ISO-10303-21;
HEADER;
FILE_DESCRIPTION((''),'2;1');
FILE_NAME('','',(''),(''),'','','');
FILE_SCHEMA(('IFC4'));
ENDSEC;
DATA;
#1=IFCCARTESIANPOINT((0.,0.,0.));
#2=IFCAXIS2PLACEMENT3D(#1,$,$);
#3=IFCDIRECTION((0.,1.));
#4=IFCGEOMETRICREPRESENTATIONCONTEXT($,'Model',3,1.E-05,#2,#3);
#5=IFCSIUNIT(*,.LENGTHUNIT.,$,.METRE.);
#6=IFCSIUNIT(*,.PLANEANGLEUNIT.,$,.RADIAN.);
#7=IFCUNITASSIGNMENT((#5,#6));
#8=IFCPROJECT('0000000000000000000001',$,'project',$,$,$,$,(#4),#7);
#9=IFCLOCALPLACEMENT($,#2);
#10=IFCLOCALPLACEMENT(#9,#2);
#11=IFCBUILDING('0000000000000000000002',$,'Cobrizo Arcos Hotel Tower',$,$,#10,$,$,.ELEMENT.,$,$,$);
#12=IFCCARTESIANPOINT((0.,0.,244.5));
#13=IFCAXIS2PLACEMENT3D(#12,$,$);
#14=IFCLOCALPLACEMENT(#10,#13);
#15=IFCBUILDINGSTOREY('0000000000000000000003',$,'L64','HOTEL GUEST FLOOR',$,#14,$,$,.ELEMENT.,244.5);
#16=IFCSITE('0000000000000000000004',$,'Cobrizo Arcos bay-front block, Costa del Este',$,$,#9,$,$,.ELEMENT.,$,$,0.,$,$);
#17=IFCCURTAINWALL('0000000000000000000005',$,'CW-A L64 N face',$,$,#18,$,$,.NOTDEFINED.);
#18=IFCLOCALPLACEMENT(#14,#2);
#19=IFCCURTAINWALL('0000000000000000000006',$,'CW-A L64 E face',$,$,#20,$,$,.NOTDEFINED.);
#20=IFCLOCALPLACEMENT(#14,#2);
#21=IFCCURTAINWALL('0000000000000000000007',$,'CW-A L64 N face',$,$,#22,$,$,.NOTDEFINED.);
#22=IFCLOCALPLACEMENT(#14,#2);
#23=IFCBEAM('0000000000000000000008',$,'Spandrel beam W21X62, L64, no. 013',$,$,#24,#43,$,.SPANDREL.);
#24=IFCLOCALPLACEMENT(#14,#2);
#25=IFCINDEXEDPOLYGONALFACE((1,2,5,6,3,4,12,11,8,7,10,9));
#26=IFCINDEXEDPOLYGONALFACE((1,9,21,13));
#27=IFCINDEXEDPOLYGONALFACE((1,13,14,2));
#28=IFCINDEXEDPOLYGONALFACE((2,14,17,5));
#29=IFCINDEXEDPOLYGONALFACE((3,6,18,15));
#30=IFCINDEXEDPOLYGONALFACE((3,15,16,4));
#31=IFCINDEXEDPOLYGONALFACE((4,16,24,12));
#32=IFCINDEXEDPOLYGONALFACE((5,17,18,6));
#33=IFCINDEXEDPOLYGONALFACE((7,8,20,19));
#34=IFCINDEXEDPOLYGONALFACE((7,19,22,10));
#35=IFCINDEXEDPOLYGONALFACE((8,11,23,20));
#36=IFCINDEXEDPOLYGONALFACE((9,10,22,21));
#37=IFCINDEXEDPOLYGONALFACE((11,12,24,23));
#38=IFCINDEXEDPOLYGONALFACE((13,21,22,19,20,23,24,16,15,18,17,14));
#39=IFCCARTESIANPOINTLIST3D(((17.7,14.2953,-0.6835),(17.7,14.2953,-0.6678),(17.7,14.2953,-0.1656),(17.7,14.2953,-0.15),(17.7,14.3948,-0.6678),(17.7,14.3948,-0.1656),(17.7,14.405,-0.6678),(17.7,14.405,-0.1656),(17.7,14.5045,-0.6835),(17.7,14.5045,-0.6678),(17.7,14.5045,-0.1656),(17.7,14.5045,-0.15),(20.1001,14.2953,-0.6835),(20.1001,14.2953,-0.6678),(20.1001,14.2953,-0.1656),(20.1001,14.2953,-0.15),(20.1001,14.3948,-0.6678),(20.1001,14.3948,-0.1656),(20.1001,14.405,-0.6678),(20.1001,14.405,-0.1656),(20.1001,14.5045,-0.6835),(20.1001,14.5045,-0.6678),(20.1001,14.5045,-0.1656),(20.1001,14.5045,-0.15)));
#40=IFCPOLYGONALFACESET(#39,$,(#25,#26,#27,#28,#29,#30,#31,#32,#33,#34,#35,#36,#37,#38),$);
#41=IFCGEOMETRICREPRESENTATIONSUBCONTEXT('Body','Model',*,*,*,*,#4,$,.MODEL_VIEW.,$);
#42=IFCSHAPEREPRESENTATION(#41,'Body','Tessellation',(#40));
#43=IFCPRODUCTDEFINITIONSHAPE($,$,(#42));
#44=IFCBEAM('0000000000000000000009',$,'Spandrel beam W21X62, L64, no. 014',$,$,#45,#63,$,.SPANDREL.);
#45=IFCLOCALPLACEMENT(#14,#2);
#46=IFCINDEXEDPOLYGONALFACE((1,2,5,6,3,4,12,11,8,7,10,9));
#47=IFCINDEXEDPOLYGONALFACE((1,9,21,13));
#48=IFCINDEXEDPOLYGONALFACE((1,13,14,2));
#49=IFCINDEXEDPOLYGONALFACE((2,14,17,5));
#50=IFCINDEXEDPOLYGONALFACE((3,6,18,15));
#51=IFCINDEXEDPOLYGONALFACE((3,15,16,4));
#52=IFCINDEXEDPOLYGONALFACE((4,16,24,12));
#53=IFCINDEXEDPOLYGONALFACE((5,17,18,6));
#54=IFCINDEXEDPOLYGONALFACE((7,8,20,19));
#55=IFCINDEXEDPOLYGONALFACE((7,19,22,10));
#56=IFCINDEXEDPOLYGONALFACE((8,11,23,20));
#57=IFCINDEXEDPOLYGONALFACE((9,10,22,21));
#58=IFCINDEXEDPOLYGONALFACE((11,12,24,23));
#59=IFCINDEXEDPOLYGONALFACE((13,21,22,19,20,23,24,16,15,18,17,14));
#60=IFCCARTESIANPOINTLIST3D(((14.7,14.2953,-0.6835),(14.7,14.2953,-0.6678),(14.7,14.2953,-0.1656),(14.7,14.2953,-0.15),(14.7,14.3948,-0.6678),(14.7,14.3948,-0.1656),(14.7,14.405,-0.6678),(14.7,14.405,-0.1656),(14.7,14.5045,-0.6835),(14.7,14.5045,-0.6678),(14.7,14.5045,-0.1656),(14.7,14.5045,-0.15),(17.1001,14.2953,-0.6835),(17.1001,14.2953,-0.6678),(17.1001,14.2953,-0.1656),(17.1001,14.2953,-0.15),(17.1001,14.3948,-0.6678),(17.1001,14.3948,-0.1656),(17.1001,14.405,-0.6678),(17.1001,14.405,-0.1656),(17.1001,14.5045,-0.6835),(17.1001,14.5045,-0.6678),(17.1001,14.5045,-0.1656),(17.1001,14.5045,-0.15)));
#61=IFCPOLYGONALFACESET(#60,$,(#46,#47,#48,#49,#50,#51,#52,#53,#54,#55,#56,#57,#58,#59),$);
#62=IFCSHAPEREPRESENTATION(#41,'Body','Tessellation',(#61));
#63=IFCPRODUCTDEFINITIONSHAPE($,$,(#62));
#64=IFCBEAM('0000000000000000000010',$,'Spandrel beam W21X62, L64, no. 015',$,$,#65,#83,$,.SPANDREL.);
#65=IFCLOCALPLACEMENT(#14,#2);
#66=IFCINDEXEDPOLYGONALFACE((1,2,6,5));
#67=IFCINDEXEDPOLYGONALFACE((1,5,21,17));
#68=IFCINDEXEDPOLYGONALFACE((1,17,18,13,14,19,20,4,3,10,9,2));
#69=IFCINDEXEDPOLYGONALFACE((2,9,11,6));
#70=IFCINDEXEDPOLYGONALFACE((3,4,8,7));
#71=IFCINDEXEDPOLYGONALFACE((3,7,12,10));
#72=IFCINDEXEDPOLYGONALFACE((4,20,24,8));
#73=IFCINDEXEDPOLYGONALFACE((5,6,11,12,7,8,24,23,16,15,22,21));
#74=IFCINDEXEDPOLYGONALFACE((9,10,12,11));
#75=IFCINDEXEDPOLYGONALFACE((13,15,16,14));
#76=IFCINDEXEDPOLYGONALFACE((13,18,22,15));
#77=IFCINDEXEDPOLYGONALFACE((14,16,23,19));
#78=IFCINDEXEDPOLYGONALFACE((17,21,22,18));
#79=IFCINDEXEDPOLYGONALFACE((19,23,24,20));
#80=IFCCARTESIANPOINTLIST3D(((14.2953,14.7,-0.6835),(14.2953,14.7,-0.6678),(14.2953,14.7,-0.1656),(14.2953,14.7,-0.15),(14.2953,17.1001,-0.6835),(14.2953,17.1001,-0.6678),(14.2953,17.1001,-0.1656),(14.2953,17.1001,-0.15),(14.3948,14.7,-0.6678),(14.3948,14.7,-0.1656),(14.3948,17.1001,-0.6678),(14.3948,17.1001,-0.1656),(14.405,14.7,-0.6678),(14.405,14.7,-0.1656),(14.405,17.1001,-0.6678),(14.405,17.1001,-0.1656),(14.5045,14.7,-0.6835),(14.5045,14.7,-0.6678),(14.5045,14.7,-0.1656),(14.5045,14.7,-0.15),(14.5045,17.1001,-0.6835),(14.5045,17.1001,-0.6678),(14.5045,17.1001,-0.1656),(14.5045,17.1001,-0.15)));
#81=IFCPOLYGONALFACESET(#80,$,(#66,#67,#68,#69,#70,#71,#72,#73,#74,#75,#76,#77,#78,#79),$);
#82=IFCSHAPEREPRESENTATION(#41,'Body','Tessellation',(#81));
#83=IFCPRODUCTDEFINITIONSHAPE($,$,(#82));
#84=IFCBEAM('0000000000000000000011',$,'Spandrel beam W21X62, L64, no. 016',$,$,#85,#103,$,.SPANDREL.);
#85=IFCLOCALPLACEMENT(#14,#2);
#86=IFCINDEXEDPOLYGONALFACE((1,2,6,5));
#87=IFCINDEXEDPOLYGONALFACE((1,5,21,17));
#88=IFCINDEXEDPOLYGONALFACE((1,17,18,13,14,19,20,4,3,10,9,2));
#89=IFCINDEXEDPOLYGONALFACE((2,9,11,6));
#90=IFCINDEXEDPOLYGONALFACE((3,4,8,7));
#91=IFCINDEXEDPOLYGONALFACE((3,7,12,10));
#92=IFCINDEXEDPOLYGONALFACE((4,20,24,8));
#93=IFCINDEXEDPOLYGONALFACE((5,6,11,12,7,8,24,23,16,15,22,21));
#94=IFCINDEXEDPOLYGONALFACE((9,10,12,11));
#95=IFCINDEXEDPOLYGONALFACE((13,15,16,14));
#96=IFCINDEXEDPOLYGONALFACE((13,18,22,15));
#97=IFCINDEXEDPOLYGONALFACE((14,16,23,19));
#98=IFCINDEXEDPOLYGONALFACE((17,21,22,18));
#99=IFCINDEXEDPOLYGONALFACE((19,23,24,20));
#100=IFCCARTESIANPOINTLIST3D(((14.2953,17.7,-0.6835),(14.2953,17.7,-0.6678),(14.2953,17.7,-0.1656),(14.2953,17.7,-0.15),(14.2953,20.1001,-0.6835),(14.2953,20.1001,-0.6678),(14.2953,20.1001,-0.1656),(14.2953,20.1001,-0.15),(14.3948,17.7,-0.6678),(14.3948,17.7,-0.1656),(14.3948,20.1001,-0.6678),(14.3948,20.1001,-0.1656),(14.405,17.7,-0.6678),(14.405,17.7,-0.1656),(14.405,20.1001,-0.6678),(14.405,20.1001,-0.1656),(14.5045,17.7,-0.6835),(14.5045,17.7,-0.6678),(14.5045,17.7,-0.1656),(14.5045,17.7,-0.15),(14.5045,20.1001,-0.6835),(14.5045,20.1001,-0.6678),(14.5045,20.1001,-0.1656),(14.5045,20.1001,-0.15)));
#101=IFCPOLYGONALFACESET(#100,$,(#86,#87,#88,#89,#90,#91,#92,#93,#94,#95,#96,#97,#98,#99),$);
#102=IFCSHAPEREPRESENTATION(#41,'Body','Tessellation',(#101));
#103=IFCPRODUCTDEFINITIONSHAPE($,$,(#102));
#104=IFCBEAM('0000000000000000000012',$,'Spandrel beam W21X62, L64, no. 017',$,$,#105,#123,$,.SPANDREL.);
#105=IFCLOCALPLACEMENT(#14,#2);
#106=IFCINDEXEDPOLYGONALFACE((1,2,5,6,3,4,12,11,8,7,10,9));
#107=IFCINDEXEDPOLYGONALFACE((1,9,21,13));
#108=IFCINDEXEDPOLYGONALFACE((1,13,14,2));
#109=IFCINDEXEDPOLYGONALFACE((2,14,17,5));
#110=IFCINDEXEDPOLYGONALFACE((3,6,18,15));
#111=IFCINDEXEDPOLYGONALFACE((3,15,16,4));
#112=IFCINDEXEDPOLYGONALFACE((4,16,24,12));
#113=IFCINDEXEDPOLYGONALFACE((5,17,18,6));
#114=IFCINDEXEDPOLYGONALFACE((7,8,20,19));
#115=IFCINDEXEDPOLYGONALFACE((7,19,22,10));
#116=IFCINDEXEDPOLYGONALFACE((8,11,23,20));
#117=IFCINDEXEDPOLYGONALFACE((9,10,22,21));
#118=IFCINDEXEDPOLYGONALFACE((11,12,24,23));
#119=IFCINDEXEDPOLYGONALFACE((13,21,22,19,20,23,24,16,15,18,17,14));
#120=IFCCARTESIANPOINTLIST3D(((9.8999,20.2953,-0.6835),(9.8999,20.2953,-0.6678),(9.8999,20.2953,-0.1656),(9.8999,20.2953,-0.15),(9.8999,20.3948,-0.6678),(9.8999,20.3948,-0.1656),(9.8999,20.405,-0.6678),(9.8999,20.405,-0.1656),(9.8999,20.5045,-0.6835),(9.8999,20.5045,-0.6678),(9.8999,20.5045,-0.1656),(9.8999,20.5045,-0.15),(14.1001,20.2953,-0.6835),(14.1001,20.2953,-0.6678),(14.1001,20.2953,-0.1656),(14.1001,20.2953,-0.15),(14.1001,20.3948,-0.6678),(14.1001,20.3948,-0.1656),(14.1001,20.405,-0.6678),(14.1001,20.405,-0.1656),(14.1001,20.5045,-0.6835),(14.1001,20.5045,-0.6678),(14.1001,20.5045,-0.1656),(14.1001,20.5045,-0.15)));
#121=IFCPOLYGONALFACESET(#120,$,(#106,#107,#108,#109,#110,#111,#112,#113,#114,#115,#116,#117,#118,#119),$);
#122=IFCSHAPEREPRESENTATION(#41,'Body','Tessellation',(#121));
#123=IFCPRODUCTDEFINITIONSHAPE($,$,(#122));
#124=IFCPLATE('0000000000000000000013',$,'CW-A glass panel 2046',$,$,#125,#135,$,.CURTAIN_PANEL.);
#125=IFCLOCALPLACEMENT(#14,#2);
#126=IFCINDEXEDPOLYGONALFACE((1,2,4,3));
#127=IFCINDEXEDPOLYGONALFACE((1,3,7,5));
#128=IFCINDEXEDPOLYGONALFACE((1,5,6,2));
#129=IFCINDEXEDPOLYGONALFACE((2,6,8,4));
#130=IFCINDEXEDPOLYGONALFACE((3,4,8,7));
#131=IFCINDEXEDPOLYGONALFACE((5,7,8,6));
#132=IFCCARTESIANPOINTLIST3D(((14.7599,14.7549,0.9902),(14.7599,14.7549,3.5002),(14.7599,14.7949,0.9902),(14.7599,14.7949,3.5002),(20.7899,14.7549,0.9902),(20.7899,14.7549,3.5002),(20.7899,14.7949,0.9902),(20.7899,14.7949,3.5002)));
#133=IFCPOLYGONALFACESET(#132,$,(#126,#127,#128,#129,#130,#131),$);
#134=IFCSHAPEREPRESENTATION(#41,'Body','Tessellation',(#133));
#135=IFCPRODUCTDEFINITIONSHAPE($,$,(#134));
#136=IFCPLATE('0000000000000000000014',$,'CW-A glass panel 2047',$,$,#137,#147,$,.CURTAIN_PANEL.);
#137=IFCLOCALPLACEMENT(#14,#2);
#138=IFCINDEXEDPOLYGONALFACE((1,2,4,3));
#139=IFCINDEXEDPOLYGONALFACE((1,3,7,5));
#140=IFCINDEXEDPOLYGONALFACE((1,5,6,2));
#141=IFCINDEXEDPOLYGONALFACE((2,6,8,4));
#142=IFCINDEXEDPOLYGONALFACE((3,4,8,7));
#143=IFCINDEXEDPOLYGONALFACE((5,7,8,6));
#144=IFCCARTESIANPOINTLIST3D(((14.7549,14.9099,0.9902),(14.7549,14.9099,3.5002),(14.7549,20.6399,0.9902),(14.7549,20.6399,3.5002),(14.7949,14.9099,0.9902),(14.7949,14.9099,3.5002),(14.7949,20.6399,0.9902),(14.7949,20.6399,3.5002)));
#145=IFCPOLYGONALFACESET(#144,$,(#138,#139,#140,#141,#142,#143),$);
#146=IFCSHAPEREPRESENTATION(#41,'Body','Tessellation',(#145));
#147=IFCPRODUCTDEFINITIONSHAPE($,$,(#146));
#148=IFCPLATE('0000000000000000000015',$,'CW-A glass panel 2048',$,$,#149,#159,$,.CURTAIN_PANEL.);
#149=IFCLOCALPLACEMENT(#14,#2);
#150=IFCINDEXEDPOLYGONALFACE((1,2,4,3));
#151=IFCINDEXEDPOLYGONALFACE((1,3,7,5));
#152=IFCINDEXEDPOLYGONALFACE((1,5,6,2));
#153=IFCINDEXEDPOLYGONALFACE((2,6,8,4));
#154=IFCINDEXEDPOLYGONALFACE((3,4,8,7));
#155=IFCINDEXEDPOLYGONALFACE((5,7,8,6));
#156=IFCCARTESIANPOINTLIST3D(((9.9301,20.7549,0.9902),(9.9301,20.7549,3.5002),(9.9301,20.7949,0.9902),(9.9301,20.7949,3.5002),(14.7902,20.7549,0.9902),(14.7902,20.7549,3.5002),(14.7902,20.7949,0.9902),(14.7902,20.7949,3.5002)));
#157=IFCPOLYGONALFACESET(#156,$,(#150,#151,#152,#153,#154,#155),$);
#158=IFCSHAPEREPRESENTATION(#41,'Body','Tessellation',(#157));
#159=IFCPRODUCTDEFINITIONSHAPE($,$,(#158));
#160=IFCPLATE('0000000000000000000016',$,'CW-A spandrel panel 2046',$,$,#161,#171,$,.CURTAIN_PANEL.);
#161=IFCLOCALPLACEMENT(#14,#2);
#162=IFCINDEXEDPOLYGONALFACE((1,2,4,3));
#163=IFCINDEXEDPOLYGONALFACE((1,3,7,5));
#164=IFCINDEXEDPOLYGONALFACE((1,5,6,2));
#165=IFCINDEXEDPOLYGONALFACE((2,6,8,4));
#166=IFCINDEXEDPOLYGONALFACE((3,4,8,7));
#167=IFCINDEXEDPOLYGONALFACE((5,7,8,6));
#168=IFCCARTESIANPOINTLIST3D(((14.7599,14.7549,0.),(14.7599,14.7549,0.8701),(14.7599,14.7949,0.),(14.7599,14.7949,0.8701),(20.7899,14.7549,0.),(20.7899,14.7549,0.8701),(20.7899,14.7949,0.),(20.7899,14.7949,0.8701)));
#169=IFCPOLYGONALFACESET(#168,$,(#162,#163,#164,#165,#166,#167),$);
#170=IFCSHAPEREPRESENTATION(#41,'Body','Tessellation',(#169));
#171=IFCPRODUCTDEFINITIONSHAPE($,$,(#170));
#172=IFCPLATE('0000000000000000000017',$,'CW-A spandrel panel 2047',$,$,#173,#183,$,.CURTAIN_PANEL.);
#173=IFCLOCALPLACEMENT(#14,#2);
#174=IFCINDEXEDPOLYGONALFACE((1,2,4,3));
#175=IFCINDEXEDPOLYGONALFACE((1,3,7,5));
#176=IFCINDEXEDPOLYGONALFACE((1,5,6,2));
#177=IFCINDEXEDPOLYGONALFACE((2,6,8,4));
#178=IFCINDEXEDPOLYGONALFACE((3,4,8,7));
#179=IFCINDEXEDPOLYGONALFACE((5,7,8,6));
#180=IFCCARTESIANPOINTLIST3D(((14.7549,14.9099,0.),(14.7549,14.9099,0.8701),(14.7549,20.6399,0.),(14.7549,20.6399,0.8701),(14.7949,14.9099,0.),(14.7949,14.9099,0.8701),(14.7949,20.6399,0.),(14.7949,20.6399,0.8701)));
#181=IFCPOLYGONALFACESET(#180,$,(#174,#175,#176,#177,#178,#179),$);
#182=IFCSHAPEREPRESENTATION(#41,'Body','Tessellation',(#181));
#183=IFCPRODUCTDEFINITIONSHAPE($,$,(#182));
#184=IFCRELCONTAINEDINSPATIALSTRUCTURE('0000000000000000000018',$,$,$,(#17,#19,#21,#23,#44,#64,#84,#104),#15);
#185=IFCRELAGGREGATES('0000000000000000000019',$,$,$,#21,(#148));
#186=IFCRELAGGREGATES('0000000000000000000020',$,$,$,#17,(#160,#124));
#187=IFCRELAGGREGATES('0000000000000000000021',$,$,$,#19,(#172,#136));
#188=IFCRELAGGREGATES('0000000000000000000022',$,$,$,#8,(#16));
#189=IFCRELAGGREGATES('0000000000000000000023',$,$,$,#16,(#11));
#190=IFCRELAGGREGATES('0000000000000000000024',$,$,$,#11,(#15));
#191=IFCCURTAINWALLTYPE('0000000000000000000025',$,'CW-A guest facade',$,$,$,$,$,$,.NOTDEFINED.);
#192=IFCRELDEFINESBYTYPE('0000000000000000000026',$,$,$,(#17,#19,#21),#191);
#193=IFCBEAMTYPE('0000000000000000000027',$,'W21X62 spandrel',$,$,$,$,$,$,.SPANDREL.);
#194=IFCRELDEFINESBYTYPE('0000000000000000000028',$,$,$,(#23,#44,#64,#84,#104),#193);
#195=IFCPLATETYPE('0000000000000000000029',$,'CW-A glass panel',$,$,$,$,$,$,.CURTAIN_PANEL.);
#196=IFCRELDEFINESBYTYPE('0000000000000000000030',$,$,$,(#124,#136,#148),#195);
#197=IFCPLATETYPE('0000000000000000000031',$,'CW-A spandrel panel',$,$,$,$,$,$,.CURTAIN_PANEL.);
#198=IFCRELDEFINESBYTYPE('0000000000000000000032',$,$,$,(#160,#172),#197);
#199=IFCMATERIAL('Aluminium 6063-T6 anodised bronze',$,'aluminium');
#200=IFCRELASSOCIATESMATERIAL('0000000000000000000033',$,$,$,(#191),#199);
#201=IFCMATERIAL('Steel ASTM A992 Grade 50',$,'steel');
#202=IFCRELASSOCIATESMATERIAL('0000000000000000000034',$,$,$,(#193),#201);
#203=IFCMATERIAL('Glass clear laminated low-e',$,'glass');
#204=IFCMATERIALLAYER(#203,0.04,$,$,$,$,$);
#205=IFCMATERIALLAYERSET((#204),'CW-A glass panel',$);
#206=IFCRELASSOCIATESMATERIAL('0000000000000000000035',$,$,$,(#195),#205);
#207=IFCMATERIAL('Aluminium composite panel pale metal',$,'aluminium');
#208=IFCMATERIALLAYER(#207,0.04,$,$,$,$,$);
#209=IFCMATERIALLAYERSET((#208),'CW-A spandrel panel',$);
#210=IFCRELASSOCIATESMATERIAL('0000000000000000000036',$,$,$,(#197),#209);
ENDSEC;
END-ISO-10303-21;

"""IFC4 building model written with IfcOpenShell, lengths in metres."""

from ifc_helpers import new_model, si_unit, direction, frame, origin, origin_2d, place, context, subcontext, project, spatial, rectangle, i_section, extrude, material, layer, layer_set, material_profile, profile_set, type_object, element, aggregate, save


model = new_model("IFC4")

# Units and contexts
model_context = context("Model", 3, precision=1e-05, world=origin(), true_north=direction((0.0, 1.0)))
body_context = subcontext(model_context, "Body", "Model", "MODEL_VIEW")
ifc_project = project(units=[si_unit("LENGTHUNIT", "METRE"), si_unit("PLANEANGLEUNIT", "RADIAN")], contexts=[model_context])

# Site, building, storey
site_placement = place(None, origin())
site = spatial("IfcSite", under=ifc_project, at=site_placement, Name="Cobrizo Arcos bay-front block, Costa del Este", CompositionType="ELEMENT", RefElevation=0.0)
building_placement = place(site_placement, origin())
building = spatial("IfcBuilding", under=site, at=building_placement, Name="Cobrizo Arcos Hotel Tower", CompositionType="ELEMENT")
storey_placement = place(building_placement, frame((0.0, 0.0, 244.5)))
storey = spatial("IfcBuildingStorey", under=building, at=storey_placement, Name="L64", Description="HOTEL GUEST FLOOR", CompositionType="ELEMENT", Elevation=244.5)

# Shared definitions
ifc_material_1 = material(Name="Aluminium 6063-T6 anodised bronze", Category="aluminium")
curtain_wall_type = type_object("IfcCurtainWallType", Name="CW-A guest facade", PredefinedType="NOTDEFINED", material=ifc_material_1)

# Curtain walls
curtain_wall_1_placement = place(storey_placement, origin())
curtain_wall_1 = element("IfcCurtainWall", 1, at=curtain_wall_1_placement, inside=storey, type_object=curtain_wall_type, Name="CW-A L64 N face", PredefinedType="NOTDEFINED")
curtain_wall_2_placement = place(storey_placement, origin())
curtain_wall_2 = element("IfcCurtainWall", 2, at=curtain_wall_2_placement, inside=storey, type_object=curtain_wall_type, Name="CW-A L64 E face", PredefinedType="NOTDEFINED")

# Curtain wall
curtain_wall_3_placement = place(storey_placement, origin())
curtain_wall_3 = element("IfcCurtainWall", 3, at=curtain_wall_3_placement, inside=storey, type_object=curtain_wall_type, Name="CW-A L64 N face", PredefinedType="NOTDEFINED")

# Beams
ifc_material_2 = material(Name="Steel ASTM A992 Grade 50", Category="steel")
ifc_material_profile_1 = material_profile(ifc_material_2, i_section(OverallWidth=0.2092, OverallDepth=0.5334, WebThickness=0.0103, FlangeThickness=0.0156, at=origin_2d()), Name="W21X62")
ifc_profile_set_1 = profile_set([ifc_material_profile_1], Name="Steel ASTM A992 Grade 50")
beam_type = type_object("IfcBeamType", Name="W21X62 spandrel", PredefinedType="SPANDREL", material=ifc_profile_set_1)
for number, where, z_axis, x_axis, name in (
    (4, (20.1001, 14.3999, -0.4167), (-1.0, 0.0, 0.0), (0.0, -1.0, 0.0), "Spandrel beam W21X62, L64, no. 013"),
    (5, (17.1001, 14.3999, -0.4167), (-1.0, 0.0, 0.0), (0.0, -1.0, 0.0), "Spandrel beam W21X62, L64, no. 014"),
    (6, (14.3999, 14.7, -0.4167), (0.0, 1.0, 0.0), (-1.0, 0.0, 0.0), "Spandrel beam W21X62, L64, no. 015"),
    (7, (14.3999, 17.7, -0.4167), (0.0, 1.0, 0.0), (-1.0, 0.0, 0.0), "Spandrel beam W21X62, L64, no. 016"),
):
    element("IfcBeam", number, at=place(storey_placement, frame(where, z_axis=z_axis, x_axis=x_axis)), inside=storey, type_object=beam_type, Name=name, PredefinedType="SPANDREL", context=body_context, shape_type="SweptSolid", body=[
        extrude(i_section(OverallWidth=0.2092, OverallDepth=0.5334, WebThickness=0.0103, FlangeThickness=0.0156, at=origin_2d()), origin(), (0.0, 0.0, 1.0), 2.4001),
    ])
beam_placement = place(storey_placement, frame((14.1001, 20.3999, -0.4167), z_axis=(-1.0, 0.0, 0.0), x_axis=(0.0, -1.0, 0.0)))
element("IfcBeam", 8, at=beam_placement, inside=storey, type_object=beam_type, Name="Spandrel beam W21X62, L64, no. 017", PredefinedType="SPANDREL", context=body_context, shape_type="SweptSolid", body=[
    extrude(i_section(OverallWidth=0.2092, OverallDepth=0.5334, WebThickness=0.0103, FlangeThickness=0.0156, at=origin_2d()), origin(), (0.0, 0.0, 1.0), 4.2002),
])

# Plates
ifc_material_3 = material(Name="Glass clear laminated low-e", Category="glass")
ifc_layer_1 = layer(ifc_material_3, 0.04)
ifc_layer_set_1 = layer_set([ifc_layer_1], Name="CW-A glass panel")
plate_type_1 = type_object("IfcPlateType", Name="CW-A glass panel", PredefinedType="CURTAIN_PANEL", material=ifc_layer_set_1)
plate_1_placement = place(storey_placement, frame((17.7749, 14.7749, 0.9902), z_axis=(0.0, 0.0, 1.0), x_axis=(-1.0, 0.0, 0.0)))
plate_1 = element("IfcPlate", 9, at=plate_1_placement, type_object=plate_type_1, Name="CW-A glass panel 2046", PredefinedType="CURTAIN_PANEL", context=body_context, shape_type="SweptSolid", body=[
    extrude(rectangle(XDim=6.03, YDim=0.04, at=origin_2d()), origin(), (0.0, 0.0, 1.0), 2.51),
])
plate_2_placement = place(storey_placement, frame((14.7749, 17.7749, 0.9902), z_axis=(0.0, 0.0, 1.0), x_axis=(0.0, 1.0, 0.0)))
plate_2 = element("IfcPlate", 10, at=plate_2_placement, type_object=plate_type_1, Name="CW-A glass panel 2047", PredefinedType="CURTAIN_PANEL", context=body_context, shape_type="SweptSolid", body=[
    extrude(rectangle(XDim=5.73, YDim=0.04, at=origin_2d()), origin(), (0.0, 0.0, 1.0), 2.51),
])
plate_3_placement = place(storey_placement, frame((12.3601, 20.7749, 0.9902), z_axis=(0.0, 0.0, 1.0), x_axis=(-1.0, 0.0, 0.0)))
plate_3 = element("IfcPlate", 11, at=plate_3_placement, type_object=plate_type_1, Name="CW-A glass panel 2048", PredefinedType="CURTAIN_PANEL", context=body_context, shape_type="SweptSolid", body=[
    extrude(rectangle(XDim=4.8601, YDim=0.04, at=origin_2d()), origin(), (0.0, 0.0, 1.0), 2.51),
])
aggregate(curtain_wall_3, [plate_3])
ifc_material_4 = material(Name="Aluminium composite panel pale metal", Category="aluminium")
ifc_layer_2 = layer(ifc_material_4, 0.04)
ifc_layer_set_2 = layer_set([ifc_layer_2], Name="CW-A spandrel panel")
plate_type_2 = type_object("IfcPlateType", Name="CW-A spandrel panel", PredefinedType="CURTAIN_PANEL", material=ifc_layer_set_2)
plate_4_placement = place(storey_placement, frame((17.7749, 14.7749, 0.0), z_axis=(0.0, 0.0, 1.0), x_axis=(-1.0, 0.0, 0.0)))
plate_4 = element("IfcPlate", 12, at=plate_4_placement, type_object=plate_type_2, Name="CW-A spandrel panel 2046", PredefinedType="CURTAIN_PANEL", context=body_context, shape_type="SweptSolid", body=[
    extrude(rectangle(XDim=6.03, YDim=0.04, at=origin_2d()), origin(), (0.0, 0.0, 1.0), 0.8701),
])
aggregate(curtain_wall_1, [plate_4, plate_1])
plate_5_placement = place(storey_placement, frame((14.7749, 17.7749, 0.0), z_axis=(0.0, 0.0, 1.0), x_axis=(0.0, 1.0, 0.0)))
plate_5 = element("IfcPlate", 13, at=plate_5_placement, type_object=plate_type_2, Name="CW-A spandrel panel 2047", PredefinedType="CURTAIN_PANEL", context=body_context, shape_type="SweptSolid", body=[
    extrude(rectangle(XDim=5.73, YDim=0.04, at=origin_2d()), origin(), (0.0, 0.0, 1.0), 0.8701),
])
aggregate(curtain_wall_2, [plate_5, plate_2])

save(model, "model.ifc")
